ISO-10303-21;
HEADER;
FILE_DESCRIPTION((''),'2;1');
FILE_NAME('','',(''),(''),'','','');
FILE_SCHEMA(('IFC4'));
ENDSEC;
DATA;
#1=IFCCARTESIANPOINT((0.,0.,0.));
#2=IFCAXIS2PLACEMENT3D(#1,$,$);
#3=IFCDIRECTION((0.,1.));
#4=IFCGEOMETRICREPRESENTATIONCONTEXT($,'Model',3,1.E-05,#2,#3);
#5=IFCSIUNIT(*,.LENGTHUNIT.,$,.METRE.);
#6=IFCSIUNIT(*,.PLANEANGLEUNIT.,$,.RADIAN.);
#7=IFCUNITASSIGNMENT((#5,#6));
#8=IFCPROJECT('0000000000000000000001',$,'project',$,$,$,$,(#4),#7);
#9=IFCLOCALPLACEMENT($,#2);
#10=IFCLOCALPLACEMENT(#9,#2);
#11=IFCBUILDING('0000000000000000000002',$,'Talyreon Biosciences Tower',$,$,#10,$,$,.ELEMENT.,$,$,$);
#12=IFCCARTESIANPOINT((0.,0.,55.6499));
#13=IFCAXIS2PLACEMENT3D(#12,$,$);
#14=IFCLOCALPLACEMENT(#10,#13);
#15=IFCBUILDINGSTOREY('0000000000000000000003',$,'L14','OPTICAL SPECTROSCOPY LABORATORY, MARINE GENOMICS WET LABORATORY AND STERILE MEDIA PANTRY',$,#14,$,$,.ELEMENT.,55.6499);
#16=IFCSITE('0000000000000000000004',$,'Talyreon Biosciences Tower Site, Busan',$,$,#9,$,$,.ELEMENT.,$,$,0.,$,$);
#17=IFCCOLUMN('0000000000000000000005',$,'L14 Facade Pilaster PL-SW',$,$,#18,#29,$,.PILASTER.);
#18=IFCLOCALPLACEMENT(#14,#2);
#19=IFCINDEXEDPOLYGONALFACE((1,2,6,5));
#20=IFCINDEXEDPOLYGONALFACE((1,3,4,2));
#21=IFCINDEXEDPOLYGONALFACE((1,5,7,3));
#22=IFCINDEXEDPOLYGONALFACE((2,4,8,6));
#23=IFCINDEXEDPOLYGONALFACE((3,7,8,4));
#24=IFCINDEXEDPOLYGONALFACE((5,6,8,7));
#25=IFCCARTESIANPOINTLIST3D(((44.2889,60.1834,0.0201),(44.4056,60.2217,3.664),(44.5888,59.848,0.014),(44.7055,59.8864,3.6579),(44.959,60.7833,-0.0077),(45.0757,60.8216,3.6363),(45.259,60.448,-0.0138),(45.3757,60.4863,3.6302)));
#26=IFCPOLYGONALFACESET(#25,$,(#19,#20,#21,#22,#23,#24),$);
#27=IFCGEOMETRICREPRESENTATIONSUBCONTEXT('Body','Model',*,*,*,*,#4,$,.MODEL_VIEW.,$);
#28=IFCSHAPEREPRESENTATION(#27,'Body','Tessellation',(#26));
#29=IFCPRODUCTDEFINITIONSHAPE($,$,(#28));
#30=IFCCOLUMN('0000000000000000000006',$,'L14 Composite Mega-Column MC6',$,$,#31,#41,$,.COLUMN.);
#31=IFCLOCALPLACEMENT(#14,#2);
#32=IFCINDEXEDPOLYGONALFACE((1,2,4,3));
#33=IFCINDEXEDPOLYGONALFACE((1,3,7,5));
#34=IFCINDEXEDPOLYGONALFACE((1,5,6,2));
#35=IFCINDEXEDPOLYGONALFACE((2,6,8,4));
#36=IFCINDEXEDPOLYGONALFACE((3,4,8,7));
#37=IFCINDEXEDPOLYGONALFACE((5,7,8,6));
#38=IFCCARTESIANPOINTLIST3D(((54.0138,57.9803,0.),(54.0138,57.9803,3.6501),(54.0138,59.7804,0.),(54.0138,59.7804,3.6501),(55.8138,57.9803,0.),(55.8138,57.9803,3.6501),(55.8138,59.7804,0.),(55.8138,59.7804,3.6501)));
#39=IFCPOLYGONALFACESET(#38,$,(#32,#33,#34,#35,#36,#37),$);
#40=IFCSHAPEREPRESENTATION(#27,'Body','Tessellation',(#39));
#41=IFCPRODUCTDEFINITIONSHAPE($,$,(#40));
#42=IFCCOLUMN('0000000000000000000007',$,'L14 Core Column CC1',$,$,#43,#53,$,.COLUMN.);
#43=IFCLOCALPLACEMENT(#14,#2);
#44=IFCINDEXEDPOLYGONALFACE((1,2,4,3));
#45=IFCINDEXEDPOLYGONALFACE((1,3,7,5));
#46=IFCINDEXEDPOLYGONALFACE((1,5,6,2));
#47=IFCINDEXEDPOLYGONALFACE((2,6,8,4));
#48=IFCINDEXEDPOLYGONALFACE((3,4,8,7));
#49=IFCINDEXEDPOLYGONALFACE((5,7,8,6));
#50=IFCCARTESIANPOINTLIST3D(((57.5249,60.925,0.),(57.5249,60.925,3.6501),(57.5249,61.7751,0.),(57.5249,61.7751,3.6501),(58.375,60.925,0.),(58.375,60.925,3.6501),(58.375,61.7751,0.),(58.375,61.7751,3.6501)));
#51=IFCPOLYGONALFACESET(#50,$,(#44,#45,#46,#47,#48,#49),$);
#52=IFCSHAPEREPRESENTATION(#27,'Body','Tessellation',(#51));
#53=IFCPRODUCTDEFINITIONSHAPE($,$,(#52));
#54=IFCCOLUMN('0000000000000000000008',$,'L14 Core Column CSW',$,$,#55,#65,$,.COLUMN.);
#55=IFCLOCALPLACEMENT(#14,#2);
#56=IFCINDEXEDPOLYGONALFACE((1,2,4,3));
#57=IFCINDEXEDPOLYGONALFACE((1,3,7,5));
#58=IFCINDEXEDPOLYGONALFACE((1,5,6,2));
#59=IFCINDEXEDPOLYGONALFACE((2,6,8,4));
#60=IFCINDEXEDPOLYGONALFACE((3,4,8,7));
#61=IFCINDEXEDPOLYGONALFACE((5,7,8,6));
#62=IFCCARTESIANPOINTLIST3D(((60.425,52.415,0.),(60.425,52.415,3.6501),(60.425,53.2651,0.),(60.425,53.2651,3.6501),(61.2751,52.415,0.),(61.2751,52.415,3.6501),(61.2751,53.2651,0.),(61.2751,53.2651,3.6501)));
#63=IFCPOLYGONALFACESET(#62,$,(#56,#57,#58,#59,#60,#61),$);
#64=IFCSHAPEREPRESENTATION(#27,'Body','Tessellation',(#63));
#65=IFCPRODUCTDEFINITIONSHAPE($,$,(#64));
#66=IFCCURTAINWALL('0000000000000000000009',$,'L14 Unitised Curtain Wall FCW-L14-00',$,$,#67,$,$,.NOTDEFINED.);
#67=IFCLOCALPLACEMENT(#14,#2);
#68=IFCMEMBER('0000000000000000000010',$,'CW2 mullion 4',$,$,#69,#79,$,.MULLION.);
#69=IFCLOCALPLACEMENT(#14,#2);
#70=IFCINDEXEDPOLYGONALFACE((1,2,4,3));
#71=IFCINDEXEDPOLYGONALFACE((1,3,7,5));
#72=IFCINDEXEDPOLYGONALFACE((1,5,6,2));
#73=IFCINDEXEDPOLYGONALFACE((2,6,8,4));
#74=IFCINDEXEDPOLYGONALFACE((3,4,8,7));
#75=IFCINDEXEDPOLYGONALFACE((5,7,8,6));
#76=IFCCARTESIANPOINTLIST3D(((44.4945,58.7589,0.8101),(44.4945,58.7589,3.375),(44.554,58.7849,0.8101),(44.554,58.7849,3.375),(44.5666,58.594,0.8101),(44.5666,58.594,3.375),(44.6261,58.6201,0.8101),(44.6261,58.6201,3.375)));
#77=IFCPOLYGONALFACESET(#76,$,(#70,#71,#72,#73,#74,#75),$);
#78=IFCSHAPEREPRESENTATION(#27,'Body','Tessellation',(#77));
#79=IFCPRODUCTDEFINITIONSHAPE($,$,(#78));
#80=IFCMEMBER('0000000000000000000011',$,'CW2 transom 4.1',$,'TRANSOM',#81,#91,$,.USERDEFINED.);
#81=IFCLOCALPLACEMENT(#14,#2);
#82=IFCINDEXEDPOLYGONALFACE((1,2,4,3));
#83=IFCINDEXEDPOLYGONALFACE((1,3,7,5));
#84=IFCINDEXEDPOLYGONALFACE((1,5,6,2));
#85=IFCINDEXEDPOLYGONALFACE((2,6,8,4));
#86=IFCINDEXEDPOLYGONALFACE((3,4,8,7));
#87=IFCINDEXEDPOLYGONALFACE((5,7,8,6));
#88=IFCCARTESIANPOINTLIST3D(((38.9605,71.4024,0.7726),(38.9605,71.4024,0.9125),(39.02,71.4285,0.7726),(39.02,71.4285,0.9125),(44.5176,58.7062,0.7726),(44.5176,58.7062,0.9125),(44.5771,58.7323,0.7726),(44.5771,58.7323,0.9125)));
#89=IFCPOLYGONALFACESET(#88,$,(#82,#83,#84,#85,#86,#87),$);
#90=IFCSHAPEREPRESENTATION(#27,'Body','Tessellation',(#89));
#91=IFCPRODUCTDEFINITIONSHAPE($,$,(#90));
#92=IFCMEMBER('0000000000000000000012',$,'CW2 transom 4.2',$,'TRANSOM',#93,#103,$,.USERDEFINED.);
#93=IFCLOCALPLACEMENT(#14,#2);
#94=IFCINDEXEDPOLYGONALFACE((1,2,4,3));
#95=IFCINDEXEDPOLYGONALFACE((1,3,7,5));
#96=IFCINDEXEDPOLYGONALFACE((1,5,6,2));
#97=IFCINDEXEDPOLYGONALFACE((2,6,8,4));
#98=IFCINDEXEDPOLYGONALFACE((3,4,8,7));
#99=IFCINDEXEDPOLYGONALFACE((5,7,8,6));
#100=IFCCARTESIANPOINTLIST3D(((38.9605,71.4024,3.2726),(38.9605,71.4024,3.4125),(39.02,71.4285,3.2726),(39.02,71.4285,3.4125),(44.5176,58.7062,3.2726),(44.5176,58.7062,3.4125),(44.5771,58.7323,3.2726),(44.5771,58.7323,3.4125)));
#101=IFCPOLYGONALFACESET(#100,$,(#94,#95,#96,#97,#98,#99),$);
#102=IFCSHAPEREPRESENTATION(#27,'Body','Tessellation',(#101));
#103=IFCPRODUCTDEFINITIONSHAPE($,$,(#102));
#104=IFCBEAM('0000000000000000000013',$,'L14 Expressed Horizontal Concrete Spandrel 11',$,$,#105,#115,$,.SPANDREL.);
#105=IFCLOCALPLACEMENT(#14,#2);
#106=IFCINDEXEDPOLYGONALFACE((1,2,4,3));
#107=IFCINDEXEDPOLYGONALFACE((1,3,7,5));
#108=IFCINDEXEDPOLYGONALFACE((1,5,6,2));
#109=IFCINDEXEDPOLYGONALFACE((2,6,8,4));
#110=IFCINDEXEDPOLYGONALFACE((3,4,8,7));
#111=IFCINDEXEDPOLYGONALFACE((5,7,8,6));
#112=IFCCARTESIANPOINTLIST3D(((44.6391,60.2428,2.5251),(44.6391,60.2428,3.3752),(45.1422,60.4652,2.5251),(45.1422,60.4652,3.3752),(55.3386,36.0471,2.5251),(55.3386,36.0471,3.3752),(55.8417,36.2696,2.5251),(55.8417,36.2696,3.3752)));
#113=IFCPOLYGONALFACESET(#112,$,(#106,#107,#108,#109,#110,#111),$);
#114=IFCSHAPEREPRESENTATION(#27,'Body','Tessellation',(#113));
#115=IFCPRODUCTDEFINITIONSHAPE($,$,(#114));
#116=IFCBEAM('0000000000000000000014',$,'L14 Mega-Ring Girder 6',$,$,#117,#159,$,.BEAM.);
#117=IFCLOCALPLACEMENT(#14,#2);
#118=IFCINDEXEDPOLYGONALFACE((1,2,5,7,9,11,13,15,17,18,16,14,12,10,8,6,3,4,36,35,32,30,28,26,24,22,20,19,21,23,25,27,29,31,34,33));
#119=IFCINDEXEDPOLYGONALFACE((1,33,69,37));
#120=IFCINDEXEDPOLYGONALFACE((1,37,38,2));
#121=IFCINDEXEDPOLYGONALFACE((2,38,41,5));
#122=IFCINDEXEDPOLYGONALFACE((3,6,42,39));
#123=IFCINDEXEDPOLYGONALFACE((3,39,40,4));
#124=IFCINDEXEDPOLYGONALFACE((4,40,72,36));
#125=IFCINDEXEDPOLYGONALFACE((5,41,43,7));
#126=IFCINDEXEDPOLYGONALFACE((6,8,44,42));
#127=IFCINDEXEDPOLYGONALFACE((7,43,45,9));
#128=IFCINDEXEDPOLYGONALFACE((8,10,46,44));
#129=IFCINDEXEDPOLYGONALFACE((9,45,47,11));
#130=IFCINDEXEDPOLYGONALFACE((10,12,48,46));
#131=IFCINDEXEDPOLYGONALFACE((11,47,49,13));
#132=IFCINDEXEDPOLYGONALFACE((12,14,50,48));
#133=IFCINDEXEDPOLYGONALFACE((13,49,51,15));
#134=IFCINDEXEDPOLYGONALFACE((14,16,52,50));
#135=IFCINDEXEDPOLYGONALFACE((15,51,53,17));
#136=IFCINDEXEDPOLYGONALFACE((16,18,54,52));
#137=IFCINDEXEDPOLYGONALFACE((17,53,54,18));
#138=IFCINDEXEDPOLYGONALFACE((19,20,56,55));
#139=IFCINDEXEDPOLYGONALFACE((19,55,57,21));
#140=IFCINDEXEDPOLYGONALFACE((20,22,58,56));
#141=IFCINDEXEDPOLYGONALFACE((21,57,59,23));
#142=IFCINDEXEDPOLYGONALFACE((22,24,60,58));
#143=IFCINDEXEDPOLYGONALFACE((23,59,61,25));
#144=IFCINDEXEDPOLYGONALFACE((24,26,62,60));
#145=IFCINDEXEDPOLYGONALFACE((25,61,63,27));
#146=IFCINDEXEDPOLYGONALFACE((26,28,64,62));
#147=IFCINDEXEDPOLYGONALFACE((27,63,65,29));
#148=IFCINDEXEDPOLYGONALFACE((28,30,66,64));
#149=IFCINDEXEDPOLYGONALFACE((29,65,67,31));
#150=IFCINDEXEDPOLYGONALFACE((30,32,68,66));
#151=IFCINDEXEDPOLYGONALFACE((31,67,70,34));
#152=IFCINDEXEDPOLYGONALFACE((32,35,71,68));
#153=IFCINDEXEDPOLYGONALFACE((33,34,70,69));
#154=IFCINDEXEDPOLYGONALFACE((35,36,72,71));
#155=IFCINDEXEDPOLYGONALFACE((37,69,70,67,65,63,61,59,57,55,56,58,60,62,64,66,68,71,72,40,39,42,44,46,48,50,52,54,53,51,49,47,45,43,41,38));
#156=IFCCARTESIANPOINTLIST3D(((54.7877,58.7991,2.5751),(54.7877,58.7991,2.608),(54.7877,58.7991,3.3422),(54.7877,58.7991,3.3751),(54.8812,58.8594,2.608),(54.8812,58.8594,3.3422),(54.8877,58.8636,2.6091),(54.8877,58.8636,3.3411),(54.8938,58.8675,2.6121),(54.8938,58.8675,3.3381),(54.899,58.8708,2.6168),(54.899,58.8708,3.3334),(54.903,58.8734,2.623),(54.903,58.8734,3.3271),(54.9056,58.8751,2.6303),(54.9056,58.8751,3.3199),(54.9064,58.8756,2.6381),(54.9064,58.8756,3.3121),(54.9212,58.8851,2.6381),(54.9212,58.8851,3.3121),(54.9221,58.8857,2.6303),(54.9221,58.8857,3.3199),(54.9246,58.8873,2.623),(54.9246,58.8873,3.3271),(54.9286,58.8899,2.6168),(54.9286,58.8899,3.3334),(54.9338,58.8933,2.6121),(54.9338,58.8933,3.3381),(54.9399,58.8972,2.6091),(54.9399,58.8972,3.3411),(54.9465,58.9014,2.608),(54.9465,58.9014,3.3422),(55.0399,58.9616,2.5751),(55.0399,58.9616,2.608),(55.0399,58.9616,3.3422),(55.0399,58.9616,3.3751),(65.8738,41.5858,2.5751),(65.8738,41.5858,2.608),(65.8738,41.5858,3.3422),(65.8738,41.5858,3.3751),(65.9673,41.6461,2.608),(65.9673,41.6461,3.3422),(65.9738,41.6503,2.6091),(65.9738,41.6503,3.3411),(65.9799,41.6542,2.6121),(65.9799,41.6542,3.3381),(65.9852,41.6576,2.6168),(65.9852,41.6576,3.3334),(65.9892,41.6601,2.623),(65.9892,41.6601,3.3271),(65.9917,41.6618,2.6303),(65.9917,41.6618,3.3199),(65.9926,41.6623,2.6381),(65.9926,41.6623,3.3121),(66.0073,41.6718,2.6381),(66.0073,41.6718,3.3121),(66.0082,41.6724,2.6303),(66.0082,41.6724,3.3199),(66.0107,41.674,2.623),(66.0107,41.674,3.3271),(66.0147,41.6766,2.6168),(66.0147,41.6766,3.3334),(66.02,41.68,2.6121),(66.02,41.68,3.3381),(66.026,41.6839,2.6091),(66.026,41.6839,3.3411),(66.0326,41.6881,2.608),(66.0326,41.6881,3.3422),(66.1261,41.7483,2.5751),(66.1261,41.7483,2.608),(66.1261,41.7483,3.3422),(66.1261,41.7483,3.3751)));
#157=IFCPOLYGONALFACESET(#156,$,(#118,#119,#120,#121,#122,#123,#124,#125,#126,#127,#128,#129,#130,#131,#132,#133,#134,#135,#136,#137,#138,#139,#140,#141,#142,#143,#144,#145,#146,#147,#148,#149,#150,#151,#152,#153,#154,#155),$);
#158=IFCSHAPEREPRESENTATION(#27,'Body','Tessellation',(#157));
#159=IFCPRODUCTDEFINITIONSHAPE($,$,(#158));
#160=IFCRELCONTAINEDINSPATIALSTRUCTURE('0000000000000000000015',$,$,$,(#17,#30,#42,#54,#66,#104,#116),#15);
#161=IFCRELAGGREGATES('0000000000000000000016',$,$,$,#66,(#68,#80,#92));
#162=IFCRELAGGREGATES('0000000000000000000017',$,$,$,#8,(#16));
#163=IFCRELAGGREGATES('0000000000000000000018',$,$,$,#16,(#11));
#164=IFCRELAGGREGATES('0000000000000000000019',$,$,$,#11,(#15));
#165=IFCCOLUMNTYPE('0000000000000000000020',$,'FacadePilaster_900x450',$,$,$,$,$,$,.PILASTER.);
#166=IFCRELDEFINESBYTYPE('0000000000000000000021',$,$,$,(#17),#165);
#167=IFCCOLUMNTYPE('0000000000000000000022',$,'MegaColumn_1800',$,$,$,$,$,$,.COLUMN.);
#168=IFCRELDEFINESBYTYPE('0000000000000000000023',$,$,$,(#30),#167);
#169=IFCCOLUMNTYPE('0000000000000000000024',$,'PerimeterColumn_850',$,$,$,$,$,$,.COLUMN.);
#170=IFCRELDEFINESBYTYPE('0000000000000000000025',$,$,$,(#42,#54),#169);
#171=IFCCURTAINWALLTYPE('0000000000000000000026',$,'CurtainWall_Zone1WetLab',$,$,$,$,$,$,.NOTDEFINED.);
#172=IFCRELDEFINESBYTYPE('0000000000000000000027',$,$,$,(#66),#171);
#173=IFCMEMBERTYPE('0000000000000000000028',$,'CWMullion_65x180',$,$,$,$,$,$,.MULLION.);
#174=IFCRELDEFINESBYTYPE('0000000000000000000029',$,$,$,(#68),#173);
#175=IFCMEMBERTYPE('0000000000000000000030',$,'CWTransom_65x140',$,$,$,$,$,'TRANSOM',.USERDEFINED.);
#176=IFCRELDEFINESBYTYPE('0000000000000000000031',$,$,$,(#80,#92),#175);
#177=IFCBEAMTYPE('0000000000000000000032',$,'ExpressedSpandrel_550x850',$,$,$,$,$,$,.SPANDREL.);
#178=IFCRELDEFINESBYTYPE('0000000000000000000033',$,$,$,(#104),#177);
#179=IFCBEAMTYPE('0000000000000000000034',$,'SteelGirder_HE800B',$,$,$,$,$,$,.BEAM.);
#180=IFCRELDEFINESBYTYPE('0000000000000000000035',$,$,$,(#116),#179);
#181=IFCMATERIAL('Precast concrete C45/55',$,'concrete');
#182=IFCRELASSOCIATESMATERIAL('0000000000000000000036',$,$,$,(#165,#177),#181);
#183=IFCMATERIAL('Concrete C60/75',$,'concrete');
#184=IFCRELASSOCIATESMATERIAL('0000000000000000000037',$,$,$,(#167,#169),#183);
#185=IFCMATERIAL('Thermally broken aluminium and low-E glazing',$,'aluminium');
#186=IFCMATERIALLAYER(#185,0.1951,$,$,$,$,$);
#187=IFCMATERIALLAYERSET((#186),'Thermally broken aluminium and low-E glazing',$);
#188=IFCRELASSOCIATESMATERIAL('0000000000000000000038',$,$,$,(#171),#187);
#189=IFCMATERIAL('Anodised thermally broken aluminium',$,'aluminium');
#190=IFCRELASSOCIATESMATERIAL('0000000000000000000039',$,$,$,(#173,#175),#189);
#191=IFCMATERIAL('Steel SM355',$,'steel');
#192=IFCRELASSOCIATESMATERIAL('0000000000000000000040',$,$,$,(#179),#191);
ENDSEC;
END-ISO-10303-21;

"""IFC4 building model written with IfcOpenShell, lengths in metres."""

from ifc_helpers import new_model, si_unit, direction, frame, origin, origin_2d, place, context, subcontext, project, spatial, rectangle, i_section, extrude, material, layer, layer_set, material_profile, profile_set, type_object, element, aggregate, save


model = new_model("IFC4")

# Units and contexts
model_context = context("Model", 3, precision=1e-05, world=origin(), true_north=direction((0.0, 1.0)))
body_context = subcontext(model_context, "Body", "Model", "MODEL_VIEW")
ifc_project = project(units=[si_unit("LENGTHUNIT", "METRE"), si_unit("PLANEANGLEUNIT", "RADIAN")], contexts=[model_context])

# Site, building, storey
site_placement = place(None, origin())
site = spatial("IfcSite", under=ifc_project, at=site_placement, Name="Talyreon Biosciences Tower Site, Busan", CompositionType="ELEMENT", RefElevation=0.0)
building_placement = place(site_placement, origin())
building = spatial("IfcBuilding", under=site, at=building_placement, Name="Talyreon Biosciences Tower", CompositionType="ELEMENT")
storey_placement = place(building_placement, frame((0.0, 0.0, 55.6499)))
storey = spatial("IfcBuildingStorey", under=building, at=storey_placement, Name="L14", Description="OPTICAL SPECTROSCOPY LABORATORY, MARINE GENOMICS WET LABORATORY AND STERILE MEDIA PANTRY", CompositionType="ELEMENT", Elevation=55.6499)

# Columns
ifc_material_1 = material(Name="Precast concrete C45/55", Category="concrete")
ifc_material_profile_1 = material_profile(ifc_material_1, rectangle(XDim=0.8999, YDim=0.45, at=origin_2d()), Name="RC 900x450")
ifc_profile_set_1 = profile_set([ifc_material_profile_1], Name="Precast concrete C45/55")
column_type_1 = type_object("IfcColumnType", Name="FacadePilaster_900x450", PredefinedType="PILASTER", material=ifc_profile_set_1)
column_1_placement = place(storey_placement, frame((44.7739, 60.3157, 0.0032), z_axis=(0.032006, 0.010513, 0.999432), x_axis=(0.744704, 0.666681, -0.030861)))
element("IfcColumn", 1, at=column_1_placement, inside=storey, type_object=column_type_1, Name="L14 Facade Pilaster PL-SW", PredefinedType="PILASTER", context=body_context, shape_type="SweptSolid", body=[
    extrude(rectangle(XDim=0.8999, YDim=0.45, at=origin_2d()), origin(), (0.0, 0.0, 1.0), 3.646),
])
ifc_material_2 = material(Name="Concrete C60/75", Category="concrete")
ifc_material_profile_2 = material_profile(ifc_material_2, rectangle(XDim=1.8, YDim=1.8, at=origin_2d()), Name="RC 1800x1800")
ifc_profile_set_2 = profile_set([ifc_material_profile_2], Name="Concrete C60/75")
column_type_2 = type_object("IfcColumnType", Name="MegaColumn_1800", PredefinedType="COLUMN", material=ifc_profile_set_2)
column_2_placement = place(storey_placement, frame((54.9138, 58.8804, 0.0), z_axis=(0.0, 0.0, 1.0), x_axis=(1.0, 0.0, 0.0)))
element("IfcColumn", 2, at=column_2_placement, inside=storey, type_object=column_type_2, Name="L14 Composite Mega-Column MC6", PredefinedType="COLUMN", context=body_context, shape_type="SweptSolid", body=[
    extrude(rectangle(XDim=1.8, YDim=1.8, at=origin_2d()), origin(), (0.0, 0.0, 1.0), 3.6501),
])
ifc_material_profile_3 = material_profile(ifc_material_2, rectangle(XDim=0.8501, YDim=0.8501, at=origin_2d()), Name="RC 850x850")
ifc_profile_set_3 = profile_set([ifc_material_profile_3], Name="Concrete C60/75")
column_type_3 = type_object("IfcColumnType", Name="PerimeterColumn_850", PredefinedType="COLUMN", material=ifc_profile_set_3)
for number, where, z_axis, x_axis, name in (
    (3, (57.95, 61.3501, 0.0), (0.0, 0.0, 1.0), (1.0, 0.0, 0.0), "L14 Core Column CC1"),
    (4, (60.8501, 52.8401, 0.0), (0.0, 0.0, 1.0), (1.0, 0.0, 0.0), "L14 Core Column CSW"),
):
    element("IfcColumn", number, at=place(storey_placement, frame(where, z_axis=z_axis, x_axis=x_axis)), inside=storey, type_object=column_type_3, Name=name, PredefinedType="COLUMN", context=body_context, shape_type="SweptSolid", body=[
        extrude(rectangle(XDim=0.8501, YDim=0.8501, at=origin_2d()), origin(), (0.0, 0.0, 1.0), 3.6501),
    ])

# Curtain wall, members
ifc_material_3 = material(Name="Thermally broken aluminium and low-E glazing", Category="aluminium")
ifc_layer_1 = layer(ifc_material_3, 0.1951)
ifc_layer_set_1 = layer_set([ifc_layer_1], Name="Thermally broken aluminium and low-E glazing")
curtain_wall_type = type_object("IfcCurtainWallType", Name="CurtainWall_Zone1WetLab", PredefinedType="NOTDEFINED", material=ifc_layer_set_1)
curtain_wall_placement = place(storey_placement, origin())
curtain_wall = element("IfcCurtainWall", 5, at=curtain_wall_placement, inside=storey, type_object=curtain_wall_type, Name="L14 Unitised Curtain Wall FCW-L14-00", PredefinedType="NOTDEFINED")
ifc_material_4 = material(Name="Anodised thermally broken aluminium", Category="aluminium")
ifc_material_profile_4 = material_profile(ifc_material_4, rectangle(XDim=0.0649, YDim=0.1799, at=origin_2d()), Name="ALUM MULLION 65x180")
ifc_profile_set_4 = profile_set([ifc_material_profile_4], Name="Anodised thermally broken aluminium")
member_type_1 = type_object("IfcMemberType", Name="CWMullion_65x180", PredefinedType="MULLION", material=ifc_profile_set_4)
member_1_placement = place(storey_placement, frame((44.5603, 58.6895, 0.8101), z_axis=(0.0, 0.0, 1.0), x_axis=(-0.916092, -0.400968, 0.0)))
member_1 = element("IfcMember", 6, at=member_1_placement, type_object=member_type_1, Name="CW2 mullion 4", PredefinedType="MULLION", context=body_context, shape_type="SweptSolid", body=[
    extrude(rectangle(XDim=0.0649, YDim=0.1799, at=origin_2d()), origin(), (0.0, 0.0, 1.0), 2.5649),
])
ifc_material_profile_5 = material_profile(ifc_material_4, rectangle(XDim=0.0649, YDim=0.1399, at=origin_2d()), Name="ALUM TRANSOM 65x140")
ifc_profile_set_5 = profile_set([ifc_material_profile_5], Name="Anodised thermally broken aluminium")
member_type_2 = type_object("IfcMemberType", Name="CWTransom_65x140", ElementType="TRANSOM", PredefinedType="USERDEFINED", material=ifc_profile_set_5)
member_2_placement = place(storey_placement, frame((44.5474, 58.7192, 0.8425), z_axis=(-0.40097, 0.916091, 0.0), x_axis=(-0.916091, -0.40097, 0.0)))
member_2 = element("IfcMember", 7, at=member_2_placement, type_object=member_type_2, Name="CW2 transom 4.1", ObjectType="TRANSOM", PredefinedType="USERDEFINED", context=body_context, shape_type="SweptSolid", body=[
    extrude(rectangle(XDim=0.0649, YDim=0.1399, at=origin_2d()), origin(), (0.0, 0.0, 1.0), 13.8591),
])
member_3_placement = place(storey_placement, frame((44.5474, 58.7192, 3.3425), z_axis=(-0.40097, 0.916091, 0.0), x_axis=(-0.916091, -0.40097, 0.0)))
member_3 = element("IfcMember", 8, at=member_3_placement, type_object=member_type_2, Name="CW2 transom 4.2", ObjectType="TRANSOM", PredefinedType="USERDEFINED", context=body_context, shape_type="SweptSolid", body=[
    extrude(rectangle(XDim=0.0649, YDim=0.1399, at=origin_2d()), origin(), (0.0, 0.0, 1.0), 13.8591),
])

# Beams
ifc_material_profile_6 = material_profile(ifc_material_1, rectangle(XDim=0.55, YDim=0.8501, at=origin_2d()), Name="RCB 550x850")
ifc_profile_set_6 = profile_set([ifc_material_profile_6], Name="Precast concrete C45/55")
beam_type_1 = type_object("IfcBeamType", Name="ExpressedSpandrel_550x850", PredefinedType="SPANDREL", material=ifc_profile_set_6)
beam_1_placement = place(storey_placement, frame((44.8906, 60.354, 2.9502), z_axis=(0.40443, -0.914569, 0.0), x_axis=(0.914569, 0.40443, 0.0)))
element("IfcBeam", 9, at=beam_1_placement, inside=storey, type_object=beam_type_1, Name="L14 Expressed Horizontal Concrete Spandrel 11", PredefinedType="SPANDREL", context=body_context, shape_type="SweptSolid", body=[
    extrude(rectangle(XDim=0.55, YDim=0.8501, at=origin_2d()), origin(), (0.0, 0.0, 1.0), 26.4558),
])
ifc_material_5 = material(Name="Steel SM355", Category="steel")
ifc_material_profile_7 = material_profile(ifc_material_5, i_section(OverallWidth=0.3, OverallDepth=0.8, WebThickness=0.0176, FlangeThickness=0.033, FilletRadius=0.03, at=origin_2d()), Name="HE800B")
ifc_profile_set_7 = profile_set([ifc_material_profile_7], Name="Steel SM355")
beam_type_2 = type_object("IfcBeamType", Name="SteelGirder_HE800B", PredefinedType="BEAM", material=ifc_profile_set_7)
beam_2_placement = place(storey_placement, frame((54.9138, 58.8804, 2.9751), z_axis=(0.541464, -0.840724, 0.0), x_axis=(0.840724, 0.541464, 0.0)))
element("IfcBeam", 10, at=beam_2_placement, inside=storey, type_object=beam_type_2, Name="L14 Mega-Ring Girder 6", PredefinedType="BEAM", context=body_context, shape_type="SweptSolid", body=[
    extrude(i_section(OverallWidth=0.3, OverallDepth=0.8, WebThickness=0.0176, FlangeThickness=0.033, FilletRadius=0.03, at=origin_2d()), origin(), (0.0, 0.0, 1.0), 20.4744),
])

aggregate(curtain_wall, [member_1, member_2, member_3])

save(model, "model.ifc")
